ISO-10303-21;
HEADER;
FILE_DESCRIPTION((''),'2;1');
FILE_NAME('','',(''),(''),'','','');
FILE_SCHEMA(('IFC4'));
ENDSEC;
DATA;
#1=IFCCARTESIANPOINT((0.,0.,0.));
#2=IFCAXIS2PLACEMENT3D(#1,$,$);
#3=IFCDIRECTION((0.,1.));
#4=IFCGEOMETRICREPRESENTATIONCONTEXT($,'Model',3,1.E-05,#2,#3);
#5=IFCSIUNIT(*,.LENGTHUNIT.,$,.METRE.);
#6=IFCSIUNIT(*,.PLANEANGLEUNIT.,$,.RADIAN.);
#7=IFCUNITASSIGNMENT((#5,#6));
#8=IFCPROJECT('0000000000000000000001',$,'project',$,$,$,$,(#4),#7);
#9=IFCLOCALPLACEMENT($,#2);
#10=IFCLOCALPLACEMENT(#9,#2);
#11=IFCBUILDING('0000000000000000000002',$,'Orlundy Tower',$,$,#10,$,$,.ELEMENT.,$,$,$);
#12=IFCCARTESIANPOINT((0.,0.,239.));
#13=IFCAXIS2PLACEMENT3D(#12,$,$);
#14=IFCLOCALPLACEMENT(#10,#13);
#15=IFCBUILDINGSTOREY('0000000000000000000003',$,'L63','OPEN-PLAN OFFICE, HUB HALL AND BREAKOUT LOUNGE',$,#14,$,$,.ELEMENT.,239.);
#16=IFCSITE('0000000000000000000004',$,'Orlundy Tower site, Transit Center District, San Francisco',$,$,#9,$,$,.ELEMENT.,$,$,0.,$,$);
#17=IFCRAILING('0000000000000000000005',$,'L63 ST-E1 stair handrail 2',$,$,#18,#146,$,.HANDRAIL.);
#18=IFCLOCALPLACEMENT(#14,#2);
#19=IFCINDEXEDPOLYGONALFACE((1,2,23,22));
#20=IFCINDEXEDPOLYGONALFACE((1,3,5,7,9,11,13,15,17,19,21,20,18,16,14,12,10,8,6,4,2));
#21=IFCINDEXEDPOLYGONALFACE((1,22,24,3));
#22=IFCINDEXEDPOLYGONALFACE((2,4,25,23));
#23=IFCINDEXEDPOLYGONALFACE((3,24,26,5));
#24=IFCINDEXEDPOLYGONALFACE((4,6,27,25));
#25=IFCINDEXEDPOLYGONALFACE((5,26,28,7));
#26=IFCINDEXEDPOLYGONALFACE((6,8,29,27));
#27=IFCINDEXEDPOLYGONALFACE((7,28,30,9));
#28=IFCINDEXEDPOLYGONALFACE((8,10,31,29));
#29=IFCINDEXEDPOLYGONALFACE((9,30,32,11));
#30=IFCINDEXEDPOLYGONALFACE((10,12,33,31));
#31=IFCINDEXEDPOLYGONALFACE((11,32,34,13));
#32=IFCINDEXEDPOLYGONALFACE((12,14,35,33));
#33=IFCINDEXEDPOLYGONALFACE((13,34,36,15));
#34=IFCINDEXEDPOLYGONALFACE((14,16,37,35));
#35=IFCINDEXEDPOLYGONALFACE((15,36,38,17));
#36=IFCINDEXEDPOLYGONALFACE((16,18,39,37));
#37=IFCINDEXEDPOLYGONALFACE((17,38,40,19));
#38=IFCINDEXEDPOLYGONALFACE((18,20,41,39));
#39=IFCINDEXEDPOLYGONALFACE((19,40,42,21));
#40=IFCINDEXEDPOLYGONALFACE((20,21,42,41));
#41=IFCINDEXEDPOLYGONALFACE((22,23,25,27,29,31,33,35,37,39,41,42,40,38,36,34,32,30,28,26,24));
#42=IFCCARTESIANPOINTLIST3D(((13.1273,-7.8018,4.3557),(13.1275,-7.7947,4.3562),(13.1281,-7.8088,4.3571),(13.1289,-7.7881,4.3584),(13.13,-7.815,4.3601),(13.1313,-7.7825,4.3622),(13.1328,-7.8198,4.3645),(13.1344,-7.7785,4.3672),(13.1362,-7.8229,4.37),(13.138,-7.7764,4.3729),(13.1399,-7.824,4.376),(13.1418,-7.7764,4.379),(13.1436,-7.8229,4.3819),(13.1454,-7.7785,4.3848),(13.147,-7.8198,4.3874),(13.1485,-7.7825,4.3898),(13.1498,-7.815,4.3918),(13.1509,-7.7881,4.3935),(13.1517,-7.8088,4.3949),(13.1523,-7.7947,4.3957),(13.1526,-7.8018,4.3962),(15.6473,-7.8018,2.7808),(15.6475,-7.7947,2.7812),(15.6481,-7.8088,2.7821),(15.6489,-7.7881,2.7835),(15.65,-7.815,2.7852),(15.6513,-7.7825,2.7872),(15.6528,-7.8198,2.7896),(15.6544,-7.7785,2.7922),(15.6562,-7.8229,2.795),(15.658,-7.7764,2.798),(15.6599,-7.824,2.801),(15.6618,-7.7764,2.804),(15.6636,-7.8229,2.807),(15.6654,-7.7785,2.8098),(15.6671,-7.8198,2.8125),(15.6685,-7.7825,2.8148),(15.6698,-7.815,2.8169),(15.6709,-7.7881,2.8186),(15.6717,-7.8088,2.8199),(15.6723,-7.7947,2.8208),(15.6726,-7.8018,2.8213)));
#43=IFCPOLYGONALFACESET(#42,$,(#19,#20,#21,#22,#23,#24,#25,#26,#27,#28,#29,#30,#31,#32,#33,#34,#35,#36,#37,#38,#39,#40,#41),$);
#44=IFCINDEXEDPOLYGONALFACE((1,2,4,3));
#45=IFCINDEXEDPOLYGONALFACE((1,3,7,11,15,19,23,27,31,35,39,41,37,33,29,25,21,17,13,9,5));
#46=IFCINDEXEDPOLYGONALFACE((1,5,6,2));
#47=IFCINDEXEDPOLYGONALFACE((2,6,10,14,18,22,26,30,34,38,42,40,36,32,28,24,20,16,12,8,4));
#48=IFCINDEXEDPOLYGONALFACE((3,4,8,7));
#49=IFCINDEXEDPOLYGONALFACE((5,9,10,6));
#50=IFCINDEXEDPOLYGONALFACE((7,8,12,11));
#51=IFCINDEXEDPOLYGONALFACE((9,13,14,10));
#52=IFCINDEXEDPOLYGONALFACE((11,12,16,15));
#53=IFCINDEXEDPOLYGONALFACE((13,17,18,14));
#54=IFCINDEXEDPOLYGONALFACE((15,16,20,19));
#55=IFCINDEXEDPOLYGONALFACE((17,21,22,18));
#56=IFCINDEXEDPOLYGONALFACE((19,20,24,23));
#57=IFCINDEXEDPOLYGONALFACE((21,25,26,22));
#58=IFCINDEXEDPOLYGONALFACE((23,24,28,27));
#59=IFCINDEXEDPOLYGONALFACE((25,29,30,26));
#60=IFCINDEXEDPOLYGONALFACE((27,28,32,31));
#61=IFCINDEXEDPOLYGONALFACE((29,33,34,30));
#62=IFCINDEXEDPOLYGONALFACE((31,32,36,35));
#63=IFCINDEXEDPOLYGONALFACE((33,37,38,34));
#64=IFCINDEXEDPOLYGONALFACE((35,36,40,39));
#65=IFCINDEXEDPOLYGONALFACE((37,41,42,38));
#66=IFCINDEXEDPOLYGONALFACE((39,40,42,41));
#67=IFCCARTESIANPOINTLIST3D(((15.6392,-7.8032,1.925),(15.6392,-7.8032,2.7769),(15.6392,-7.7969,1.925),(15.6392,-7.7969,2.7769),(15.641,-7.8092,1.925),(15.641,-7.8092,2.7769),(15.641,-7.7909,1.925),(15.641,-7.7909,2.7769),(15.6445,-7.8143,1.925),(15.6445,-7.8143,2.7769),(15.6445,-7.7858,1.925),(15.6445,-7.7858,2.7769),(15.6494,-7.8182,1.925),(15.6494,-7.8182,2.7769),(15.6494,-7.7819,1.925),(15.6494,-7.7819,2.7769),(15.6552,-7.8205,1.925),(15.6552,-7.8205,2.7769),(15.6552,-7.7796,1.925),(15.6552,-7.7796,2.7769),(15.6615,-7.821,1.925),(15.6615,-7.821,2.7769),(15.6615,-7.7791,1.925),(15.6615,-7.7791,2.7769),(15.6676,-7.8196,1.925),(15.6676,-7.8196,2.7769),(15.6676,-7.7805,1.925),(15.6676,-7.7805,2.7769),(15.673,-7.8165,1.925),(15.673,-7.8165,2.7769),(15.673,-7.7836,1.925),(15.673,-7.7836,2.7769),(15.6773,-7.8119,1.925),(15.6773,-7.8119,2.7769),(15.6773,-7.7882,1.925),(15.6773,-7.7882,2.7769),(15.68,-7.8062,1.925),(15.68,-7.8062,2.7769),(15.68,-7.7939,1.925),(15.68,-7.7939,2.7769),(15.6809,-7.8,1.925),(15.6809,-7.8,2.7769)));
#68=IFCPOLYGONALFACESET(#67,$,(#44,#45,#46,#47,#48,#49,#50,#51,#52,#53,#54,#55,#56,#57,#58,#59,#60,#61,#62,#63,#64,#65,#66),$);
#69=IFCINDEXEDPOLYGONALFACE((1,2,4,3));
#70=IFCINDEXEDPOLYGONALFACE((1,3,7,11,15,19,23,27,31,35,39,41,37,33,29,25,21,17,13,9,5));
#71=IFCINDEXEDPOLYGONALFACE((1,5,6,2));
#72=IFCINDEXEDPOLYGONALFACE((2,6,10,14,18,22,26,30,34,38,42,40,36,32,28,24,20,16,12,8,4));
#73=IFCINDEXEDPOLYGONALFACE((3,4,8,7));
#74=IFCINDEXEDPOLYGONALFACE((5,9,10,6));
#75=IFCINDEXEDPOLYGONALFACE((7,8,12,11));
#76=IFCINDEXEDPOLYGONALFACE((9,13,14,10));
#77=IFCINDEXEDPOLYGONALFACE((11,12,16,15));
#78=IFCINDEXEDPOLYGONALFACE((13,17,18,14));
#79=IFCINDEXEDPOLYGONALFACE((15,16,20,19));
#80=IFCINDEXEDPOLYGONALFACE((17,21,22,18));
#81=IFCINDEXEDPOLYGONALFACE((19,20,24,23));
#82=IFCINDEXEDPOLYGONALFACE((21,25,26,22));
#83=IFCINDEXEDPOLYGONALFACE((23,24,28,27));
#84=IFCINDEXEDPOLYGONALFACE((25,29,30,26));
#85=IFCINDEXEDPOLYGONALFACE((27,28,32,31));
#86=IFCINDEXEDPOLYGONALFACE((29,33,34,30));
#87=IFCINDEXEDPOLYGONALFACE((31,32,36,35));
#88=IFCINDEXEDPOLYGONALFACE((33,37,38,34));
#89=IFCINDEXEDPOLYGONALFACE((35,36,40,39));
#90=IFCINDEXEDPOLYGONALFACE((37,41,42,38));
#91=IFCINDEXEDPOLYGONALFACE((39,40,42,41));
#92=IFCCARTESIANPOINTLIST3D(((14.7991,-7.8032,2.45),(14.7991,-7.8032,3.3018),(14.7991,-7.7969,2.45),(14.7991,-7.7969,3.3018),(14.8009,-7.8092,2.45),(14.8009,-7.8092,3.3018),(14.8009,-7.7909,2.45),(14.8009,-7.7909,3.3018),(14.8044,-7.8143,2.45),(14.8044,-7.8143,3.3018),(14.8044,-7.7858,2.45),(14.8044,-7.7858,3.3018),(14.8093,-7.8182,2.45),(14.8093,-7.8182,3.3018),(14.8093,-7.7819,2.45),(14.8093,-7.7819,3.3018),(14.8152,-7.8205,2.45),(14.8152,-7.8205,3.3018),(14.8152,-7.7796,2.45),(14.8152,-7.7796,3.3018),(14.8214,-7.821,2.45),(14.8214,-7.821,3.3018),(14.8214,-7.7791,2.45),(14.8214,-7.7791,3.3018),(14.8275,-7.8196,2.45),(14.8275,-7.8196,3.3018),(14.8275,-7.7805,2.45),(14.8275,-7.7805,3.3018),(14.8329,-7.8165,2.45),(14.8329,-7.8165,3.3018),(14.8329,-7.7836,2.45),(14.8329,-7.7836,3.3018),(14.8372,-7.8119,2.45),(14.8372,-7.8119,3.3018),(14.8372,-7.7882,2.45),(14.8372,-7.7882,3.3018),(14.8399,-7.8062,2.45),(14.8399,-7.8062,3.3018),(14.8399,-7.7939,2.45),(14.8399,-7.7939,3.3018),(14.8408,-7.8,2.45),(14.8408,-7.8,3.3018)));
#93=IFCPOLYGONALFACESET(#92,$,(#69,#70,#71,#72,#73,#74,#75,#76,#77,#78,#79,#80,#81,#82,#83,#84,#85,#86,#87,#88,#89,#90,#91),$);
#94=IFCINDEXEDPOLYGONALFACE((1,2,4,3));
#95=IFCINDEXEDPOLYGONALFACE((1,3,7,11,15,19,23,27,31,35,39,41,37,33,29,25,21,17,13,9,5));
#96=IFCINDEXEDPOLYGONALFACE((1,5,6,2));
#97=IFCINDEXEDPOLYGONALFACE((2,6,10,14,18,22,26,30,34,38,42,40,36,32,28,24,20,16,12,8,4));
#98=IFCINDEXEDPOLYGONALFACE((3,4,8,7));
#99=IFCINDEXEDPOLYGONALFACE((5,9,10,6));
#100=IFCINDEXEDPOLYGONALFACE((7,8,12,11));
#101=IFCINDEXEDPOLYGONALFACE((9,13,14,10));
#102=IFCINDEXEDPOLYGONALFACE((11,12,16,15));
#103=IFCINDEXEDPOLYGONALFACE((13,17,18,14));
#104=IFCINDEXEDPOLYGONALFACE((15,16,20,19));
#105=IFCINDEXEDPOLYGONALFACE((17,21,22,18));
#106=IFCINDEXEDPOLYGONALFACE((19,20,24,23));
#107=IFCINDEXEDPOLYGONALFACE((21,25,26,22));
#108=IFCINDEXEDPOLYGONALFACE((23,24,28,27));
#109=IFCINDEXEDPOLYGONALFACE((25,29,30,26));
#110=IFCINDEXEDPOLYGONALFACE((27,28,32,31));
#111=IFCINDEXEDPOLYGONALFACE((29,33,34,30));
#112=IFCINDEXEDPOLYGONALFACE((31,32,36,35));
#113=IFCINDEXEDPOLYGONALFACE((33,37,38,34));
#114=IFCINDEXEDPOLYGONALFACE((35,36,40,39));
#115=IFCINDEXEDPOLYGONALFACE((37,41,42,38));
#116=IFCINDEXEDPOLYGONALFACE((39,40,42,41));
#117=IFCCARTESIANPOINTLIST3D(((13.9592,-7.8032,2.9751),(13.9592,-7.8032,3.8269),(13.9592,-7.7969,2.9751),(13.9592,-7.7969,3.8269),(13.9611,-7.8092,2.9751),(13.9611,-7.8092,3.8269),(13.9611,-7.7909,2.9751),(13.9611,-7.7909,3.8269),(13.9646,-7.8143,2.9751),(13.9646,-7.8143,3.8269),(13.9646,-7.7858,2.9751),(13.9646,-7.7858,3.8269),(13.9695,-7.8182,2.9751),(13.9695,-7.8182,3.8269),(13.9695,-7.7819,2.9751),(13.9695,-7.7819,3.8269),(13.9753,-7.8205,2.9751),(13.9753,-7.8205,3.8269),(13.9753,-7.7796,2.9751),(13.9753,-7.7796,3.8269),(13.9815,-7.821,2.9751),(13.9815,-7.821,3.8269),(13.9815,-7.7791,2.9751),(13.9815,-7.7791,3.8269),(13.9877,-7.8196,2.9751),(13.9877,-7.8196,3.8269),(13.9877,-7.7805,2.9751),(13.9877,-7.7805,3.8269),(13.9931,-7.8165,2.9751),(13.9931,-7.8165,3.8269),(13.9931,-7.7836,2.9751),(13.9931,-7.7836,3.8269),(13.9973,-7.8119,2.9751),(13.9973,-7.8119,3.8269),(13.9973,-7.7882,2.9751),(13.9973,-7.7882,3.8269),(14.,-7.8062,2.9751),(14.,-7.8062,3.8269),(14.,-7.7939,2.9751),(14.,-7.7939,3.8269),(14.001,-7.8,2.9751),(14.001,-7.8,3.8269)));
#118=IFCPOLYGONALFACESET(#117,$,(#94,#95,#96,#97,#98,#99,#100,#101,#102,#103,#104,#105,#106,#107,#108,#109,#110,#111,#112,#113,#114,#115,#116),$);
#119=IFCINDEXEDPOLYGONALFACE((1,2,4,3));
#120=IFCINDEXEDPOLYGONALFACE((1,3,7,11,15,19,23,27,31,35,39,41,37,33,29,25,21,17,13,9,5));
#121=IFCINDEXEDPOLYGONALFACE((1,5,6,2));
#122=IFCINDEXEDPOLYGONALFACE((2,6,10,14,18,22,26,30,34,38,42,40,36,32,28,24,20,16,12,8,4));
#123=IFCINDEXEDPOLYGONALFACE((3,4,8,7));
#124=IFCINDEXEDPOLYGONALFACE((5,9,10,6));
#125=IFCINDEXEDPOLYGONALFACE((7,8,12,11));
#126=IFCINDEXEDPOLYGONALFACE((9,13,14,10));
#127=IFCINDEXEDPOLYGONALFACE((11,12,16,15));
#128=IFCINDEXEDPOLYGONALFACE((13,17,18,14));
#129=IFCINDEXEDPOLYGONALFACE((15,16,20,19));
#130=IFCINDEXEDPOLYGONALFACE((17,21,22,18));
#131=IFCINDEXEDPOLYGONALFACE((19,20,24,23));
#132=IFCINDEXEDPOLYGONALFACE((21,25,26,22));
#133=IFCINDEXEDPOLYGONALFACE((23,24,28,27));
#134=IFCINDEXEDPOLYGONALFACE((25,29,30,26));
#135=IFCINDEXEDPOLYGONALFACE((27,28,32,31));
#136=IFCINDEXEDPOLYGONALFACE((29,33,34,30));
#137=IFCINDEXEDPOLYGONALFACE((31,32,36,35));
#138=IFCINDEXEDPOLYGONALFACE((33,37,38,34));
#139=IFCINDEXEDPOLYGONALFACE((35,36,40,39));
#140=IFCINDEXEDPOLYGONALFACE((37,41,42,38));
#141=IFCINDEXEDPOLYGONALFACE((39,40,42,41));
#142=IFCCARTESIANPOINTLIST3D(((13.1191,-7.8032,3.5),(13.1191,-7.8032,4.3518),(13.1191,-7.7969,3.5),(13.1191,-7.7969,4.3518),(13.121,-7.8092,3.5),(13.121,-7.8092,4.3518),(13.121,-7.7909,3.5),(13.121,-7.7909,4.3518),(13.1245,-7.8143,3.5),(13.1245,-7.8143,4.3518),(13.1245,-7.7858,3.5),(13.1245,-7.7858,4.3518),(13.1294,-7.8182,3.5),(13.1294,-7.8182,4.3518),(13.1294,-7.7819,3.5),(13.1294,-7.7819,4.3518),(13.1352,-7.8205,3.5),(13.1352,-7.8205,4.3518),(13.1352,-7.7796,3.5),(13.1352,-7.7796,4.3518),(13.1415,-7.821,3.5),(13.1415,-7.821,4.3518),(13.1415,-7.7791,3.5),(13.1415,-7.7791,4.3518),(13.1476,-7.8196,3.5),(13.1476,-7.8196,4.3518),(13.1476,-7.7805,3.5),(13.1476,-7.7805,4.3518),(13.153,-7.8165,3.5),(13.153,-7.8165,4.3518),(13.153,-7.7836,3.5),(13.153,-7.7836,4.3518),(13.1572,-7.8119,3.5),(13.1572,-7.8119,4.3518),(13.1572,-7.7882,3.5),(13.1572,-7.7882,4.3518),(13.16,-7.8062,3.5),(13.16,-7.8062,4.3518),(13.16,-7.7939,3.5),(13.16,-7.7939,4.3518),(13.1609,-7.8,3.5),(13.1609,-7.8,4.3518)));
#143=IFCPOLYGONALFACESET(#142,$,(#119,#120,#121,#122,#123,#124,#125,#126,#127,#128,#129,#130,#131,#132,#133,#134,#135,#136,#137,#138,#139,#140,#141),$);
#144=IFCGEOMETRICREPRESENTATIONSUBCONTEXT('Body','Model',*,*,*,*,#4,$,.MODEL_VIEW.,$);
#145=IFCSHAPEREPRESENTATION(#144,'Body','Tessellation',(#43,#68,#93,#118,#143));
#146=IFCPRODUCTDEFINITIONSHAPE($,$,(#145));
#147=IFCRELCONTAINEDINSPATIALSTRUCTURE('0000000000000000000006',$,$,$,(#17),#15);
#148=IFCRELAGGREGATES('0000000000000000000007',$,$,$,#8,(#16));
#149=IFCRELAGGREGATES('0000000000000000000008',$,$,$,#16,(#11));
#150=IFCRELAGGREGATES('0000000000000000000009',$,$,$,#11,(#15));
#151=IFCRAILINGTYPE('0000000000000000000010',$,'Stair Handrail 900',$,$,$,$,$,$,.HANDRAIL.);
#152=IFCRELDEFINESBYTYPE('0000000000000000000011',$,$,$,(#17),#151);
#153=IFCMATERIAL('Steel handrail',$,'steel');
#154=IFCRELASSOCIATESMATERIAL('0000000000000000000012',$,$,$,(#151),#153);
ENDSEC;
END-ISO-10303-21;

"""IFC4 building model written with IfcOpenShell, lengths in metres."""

from ifc_helpers import new_model, si_unit, direction, frame, origin, origin_2d, place, context, subcontext, project, spatial, circle, extrude, material, type_object, element, save


model = new_model("IFC4")

# Units and contexts
model_context = context("Model", 3, precision=1e-05, world=origin(), true_north=direction((0.0, 1.0)))
body_context = subcontext(model_context, "Body", "Model", "MODEL_VIEW")
ifc_project = project(units=[si_unit("LENGTHUNIT", "METRE"), si_unit("PLANEANGLEUNIT", "RADIAN")], contexts=[model_context])

# Site, building, storey
site_placement = place(None, origin())
site = spatial("IfcSite", under=ifc_project, at=site_placement, Name="Orlundy Tower site, Transit Center District, San Francisco", CompositionType="ELEMENT", RefElevation=0.0)
building_placement = place(site_placement, origin())
building = spatial("IfcBuilding", under=site, at=building_placement, Name="Orlundy Tower", CompositionType="ELEMENT")
storey_placement = place(building_placement, frame((0.0, 0.0, 239.0)))
storey = spatial("IfcBuildingStorey", under=building, at=storey_placement, Name="L63", Description="OPEN-PLAN OFFICE, HUB HALL AND BREAKOUT LOUNGE", CompositionType="ELEMENT", Elevation=239.0)

# Railing
ifc_material_1 = material(Name="Steel handrail", Category="steel")
railing_type_1 = type_object("IfcRailingType", Name="Stair Handrail 900", PredefinedType="HANDRAIL", material=ifc_material_1)
railing_1_placement = place(storey_placement, frame((15.6599, -7.8, 1.925)))
element("IfcRailing", 1, at=railing_1_placement, inside=storey, type_object=railing_type_1, Name="L63 ST-E1 stair handrail 2", PredefinedType="HANDRAIL", context=body_context, shape_type="SweptSolid", body=[
    extrude(circle(Radius=0.0239, at=origin_2d()), frame((0.0, 0.0, 0.876), z_axis=(-0.848008, 0.0, 0.529984), x_axis=(0.0, -1.0, 0.0)), (0.0, 0.0, 1.0), 2.9717),
    extrude(circle(Radius=0.021, at=origin_2d()), origin(), (0.0, 0.0, 1.0), 0.8518),
    extrude(circle(Radius=0.021, at=origin_2d()), frame((-0.8401, 0.0, 0.5249)), (0.0, 0.0, 1.0), 0.8518),
    extrude(circle(Radius=0.021, at=origin_2d()), frame((-1.6799, 0.0, 1.05)), (0.0, 0.0, 1.0), 0.8518),
    extrude(circle(Radius=0.021, at=origin_2d()), frame((-2.52, 0.0, 1.575)), (0.0, 0.0, 1.0), 0.8518),
])

save(model, "model.ifc")
